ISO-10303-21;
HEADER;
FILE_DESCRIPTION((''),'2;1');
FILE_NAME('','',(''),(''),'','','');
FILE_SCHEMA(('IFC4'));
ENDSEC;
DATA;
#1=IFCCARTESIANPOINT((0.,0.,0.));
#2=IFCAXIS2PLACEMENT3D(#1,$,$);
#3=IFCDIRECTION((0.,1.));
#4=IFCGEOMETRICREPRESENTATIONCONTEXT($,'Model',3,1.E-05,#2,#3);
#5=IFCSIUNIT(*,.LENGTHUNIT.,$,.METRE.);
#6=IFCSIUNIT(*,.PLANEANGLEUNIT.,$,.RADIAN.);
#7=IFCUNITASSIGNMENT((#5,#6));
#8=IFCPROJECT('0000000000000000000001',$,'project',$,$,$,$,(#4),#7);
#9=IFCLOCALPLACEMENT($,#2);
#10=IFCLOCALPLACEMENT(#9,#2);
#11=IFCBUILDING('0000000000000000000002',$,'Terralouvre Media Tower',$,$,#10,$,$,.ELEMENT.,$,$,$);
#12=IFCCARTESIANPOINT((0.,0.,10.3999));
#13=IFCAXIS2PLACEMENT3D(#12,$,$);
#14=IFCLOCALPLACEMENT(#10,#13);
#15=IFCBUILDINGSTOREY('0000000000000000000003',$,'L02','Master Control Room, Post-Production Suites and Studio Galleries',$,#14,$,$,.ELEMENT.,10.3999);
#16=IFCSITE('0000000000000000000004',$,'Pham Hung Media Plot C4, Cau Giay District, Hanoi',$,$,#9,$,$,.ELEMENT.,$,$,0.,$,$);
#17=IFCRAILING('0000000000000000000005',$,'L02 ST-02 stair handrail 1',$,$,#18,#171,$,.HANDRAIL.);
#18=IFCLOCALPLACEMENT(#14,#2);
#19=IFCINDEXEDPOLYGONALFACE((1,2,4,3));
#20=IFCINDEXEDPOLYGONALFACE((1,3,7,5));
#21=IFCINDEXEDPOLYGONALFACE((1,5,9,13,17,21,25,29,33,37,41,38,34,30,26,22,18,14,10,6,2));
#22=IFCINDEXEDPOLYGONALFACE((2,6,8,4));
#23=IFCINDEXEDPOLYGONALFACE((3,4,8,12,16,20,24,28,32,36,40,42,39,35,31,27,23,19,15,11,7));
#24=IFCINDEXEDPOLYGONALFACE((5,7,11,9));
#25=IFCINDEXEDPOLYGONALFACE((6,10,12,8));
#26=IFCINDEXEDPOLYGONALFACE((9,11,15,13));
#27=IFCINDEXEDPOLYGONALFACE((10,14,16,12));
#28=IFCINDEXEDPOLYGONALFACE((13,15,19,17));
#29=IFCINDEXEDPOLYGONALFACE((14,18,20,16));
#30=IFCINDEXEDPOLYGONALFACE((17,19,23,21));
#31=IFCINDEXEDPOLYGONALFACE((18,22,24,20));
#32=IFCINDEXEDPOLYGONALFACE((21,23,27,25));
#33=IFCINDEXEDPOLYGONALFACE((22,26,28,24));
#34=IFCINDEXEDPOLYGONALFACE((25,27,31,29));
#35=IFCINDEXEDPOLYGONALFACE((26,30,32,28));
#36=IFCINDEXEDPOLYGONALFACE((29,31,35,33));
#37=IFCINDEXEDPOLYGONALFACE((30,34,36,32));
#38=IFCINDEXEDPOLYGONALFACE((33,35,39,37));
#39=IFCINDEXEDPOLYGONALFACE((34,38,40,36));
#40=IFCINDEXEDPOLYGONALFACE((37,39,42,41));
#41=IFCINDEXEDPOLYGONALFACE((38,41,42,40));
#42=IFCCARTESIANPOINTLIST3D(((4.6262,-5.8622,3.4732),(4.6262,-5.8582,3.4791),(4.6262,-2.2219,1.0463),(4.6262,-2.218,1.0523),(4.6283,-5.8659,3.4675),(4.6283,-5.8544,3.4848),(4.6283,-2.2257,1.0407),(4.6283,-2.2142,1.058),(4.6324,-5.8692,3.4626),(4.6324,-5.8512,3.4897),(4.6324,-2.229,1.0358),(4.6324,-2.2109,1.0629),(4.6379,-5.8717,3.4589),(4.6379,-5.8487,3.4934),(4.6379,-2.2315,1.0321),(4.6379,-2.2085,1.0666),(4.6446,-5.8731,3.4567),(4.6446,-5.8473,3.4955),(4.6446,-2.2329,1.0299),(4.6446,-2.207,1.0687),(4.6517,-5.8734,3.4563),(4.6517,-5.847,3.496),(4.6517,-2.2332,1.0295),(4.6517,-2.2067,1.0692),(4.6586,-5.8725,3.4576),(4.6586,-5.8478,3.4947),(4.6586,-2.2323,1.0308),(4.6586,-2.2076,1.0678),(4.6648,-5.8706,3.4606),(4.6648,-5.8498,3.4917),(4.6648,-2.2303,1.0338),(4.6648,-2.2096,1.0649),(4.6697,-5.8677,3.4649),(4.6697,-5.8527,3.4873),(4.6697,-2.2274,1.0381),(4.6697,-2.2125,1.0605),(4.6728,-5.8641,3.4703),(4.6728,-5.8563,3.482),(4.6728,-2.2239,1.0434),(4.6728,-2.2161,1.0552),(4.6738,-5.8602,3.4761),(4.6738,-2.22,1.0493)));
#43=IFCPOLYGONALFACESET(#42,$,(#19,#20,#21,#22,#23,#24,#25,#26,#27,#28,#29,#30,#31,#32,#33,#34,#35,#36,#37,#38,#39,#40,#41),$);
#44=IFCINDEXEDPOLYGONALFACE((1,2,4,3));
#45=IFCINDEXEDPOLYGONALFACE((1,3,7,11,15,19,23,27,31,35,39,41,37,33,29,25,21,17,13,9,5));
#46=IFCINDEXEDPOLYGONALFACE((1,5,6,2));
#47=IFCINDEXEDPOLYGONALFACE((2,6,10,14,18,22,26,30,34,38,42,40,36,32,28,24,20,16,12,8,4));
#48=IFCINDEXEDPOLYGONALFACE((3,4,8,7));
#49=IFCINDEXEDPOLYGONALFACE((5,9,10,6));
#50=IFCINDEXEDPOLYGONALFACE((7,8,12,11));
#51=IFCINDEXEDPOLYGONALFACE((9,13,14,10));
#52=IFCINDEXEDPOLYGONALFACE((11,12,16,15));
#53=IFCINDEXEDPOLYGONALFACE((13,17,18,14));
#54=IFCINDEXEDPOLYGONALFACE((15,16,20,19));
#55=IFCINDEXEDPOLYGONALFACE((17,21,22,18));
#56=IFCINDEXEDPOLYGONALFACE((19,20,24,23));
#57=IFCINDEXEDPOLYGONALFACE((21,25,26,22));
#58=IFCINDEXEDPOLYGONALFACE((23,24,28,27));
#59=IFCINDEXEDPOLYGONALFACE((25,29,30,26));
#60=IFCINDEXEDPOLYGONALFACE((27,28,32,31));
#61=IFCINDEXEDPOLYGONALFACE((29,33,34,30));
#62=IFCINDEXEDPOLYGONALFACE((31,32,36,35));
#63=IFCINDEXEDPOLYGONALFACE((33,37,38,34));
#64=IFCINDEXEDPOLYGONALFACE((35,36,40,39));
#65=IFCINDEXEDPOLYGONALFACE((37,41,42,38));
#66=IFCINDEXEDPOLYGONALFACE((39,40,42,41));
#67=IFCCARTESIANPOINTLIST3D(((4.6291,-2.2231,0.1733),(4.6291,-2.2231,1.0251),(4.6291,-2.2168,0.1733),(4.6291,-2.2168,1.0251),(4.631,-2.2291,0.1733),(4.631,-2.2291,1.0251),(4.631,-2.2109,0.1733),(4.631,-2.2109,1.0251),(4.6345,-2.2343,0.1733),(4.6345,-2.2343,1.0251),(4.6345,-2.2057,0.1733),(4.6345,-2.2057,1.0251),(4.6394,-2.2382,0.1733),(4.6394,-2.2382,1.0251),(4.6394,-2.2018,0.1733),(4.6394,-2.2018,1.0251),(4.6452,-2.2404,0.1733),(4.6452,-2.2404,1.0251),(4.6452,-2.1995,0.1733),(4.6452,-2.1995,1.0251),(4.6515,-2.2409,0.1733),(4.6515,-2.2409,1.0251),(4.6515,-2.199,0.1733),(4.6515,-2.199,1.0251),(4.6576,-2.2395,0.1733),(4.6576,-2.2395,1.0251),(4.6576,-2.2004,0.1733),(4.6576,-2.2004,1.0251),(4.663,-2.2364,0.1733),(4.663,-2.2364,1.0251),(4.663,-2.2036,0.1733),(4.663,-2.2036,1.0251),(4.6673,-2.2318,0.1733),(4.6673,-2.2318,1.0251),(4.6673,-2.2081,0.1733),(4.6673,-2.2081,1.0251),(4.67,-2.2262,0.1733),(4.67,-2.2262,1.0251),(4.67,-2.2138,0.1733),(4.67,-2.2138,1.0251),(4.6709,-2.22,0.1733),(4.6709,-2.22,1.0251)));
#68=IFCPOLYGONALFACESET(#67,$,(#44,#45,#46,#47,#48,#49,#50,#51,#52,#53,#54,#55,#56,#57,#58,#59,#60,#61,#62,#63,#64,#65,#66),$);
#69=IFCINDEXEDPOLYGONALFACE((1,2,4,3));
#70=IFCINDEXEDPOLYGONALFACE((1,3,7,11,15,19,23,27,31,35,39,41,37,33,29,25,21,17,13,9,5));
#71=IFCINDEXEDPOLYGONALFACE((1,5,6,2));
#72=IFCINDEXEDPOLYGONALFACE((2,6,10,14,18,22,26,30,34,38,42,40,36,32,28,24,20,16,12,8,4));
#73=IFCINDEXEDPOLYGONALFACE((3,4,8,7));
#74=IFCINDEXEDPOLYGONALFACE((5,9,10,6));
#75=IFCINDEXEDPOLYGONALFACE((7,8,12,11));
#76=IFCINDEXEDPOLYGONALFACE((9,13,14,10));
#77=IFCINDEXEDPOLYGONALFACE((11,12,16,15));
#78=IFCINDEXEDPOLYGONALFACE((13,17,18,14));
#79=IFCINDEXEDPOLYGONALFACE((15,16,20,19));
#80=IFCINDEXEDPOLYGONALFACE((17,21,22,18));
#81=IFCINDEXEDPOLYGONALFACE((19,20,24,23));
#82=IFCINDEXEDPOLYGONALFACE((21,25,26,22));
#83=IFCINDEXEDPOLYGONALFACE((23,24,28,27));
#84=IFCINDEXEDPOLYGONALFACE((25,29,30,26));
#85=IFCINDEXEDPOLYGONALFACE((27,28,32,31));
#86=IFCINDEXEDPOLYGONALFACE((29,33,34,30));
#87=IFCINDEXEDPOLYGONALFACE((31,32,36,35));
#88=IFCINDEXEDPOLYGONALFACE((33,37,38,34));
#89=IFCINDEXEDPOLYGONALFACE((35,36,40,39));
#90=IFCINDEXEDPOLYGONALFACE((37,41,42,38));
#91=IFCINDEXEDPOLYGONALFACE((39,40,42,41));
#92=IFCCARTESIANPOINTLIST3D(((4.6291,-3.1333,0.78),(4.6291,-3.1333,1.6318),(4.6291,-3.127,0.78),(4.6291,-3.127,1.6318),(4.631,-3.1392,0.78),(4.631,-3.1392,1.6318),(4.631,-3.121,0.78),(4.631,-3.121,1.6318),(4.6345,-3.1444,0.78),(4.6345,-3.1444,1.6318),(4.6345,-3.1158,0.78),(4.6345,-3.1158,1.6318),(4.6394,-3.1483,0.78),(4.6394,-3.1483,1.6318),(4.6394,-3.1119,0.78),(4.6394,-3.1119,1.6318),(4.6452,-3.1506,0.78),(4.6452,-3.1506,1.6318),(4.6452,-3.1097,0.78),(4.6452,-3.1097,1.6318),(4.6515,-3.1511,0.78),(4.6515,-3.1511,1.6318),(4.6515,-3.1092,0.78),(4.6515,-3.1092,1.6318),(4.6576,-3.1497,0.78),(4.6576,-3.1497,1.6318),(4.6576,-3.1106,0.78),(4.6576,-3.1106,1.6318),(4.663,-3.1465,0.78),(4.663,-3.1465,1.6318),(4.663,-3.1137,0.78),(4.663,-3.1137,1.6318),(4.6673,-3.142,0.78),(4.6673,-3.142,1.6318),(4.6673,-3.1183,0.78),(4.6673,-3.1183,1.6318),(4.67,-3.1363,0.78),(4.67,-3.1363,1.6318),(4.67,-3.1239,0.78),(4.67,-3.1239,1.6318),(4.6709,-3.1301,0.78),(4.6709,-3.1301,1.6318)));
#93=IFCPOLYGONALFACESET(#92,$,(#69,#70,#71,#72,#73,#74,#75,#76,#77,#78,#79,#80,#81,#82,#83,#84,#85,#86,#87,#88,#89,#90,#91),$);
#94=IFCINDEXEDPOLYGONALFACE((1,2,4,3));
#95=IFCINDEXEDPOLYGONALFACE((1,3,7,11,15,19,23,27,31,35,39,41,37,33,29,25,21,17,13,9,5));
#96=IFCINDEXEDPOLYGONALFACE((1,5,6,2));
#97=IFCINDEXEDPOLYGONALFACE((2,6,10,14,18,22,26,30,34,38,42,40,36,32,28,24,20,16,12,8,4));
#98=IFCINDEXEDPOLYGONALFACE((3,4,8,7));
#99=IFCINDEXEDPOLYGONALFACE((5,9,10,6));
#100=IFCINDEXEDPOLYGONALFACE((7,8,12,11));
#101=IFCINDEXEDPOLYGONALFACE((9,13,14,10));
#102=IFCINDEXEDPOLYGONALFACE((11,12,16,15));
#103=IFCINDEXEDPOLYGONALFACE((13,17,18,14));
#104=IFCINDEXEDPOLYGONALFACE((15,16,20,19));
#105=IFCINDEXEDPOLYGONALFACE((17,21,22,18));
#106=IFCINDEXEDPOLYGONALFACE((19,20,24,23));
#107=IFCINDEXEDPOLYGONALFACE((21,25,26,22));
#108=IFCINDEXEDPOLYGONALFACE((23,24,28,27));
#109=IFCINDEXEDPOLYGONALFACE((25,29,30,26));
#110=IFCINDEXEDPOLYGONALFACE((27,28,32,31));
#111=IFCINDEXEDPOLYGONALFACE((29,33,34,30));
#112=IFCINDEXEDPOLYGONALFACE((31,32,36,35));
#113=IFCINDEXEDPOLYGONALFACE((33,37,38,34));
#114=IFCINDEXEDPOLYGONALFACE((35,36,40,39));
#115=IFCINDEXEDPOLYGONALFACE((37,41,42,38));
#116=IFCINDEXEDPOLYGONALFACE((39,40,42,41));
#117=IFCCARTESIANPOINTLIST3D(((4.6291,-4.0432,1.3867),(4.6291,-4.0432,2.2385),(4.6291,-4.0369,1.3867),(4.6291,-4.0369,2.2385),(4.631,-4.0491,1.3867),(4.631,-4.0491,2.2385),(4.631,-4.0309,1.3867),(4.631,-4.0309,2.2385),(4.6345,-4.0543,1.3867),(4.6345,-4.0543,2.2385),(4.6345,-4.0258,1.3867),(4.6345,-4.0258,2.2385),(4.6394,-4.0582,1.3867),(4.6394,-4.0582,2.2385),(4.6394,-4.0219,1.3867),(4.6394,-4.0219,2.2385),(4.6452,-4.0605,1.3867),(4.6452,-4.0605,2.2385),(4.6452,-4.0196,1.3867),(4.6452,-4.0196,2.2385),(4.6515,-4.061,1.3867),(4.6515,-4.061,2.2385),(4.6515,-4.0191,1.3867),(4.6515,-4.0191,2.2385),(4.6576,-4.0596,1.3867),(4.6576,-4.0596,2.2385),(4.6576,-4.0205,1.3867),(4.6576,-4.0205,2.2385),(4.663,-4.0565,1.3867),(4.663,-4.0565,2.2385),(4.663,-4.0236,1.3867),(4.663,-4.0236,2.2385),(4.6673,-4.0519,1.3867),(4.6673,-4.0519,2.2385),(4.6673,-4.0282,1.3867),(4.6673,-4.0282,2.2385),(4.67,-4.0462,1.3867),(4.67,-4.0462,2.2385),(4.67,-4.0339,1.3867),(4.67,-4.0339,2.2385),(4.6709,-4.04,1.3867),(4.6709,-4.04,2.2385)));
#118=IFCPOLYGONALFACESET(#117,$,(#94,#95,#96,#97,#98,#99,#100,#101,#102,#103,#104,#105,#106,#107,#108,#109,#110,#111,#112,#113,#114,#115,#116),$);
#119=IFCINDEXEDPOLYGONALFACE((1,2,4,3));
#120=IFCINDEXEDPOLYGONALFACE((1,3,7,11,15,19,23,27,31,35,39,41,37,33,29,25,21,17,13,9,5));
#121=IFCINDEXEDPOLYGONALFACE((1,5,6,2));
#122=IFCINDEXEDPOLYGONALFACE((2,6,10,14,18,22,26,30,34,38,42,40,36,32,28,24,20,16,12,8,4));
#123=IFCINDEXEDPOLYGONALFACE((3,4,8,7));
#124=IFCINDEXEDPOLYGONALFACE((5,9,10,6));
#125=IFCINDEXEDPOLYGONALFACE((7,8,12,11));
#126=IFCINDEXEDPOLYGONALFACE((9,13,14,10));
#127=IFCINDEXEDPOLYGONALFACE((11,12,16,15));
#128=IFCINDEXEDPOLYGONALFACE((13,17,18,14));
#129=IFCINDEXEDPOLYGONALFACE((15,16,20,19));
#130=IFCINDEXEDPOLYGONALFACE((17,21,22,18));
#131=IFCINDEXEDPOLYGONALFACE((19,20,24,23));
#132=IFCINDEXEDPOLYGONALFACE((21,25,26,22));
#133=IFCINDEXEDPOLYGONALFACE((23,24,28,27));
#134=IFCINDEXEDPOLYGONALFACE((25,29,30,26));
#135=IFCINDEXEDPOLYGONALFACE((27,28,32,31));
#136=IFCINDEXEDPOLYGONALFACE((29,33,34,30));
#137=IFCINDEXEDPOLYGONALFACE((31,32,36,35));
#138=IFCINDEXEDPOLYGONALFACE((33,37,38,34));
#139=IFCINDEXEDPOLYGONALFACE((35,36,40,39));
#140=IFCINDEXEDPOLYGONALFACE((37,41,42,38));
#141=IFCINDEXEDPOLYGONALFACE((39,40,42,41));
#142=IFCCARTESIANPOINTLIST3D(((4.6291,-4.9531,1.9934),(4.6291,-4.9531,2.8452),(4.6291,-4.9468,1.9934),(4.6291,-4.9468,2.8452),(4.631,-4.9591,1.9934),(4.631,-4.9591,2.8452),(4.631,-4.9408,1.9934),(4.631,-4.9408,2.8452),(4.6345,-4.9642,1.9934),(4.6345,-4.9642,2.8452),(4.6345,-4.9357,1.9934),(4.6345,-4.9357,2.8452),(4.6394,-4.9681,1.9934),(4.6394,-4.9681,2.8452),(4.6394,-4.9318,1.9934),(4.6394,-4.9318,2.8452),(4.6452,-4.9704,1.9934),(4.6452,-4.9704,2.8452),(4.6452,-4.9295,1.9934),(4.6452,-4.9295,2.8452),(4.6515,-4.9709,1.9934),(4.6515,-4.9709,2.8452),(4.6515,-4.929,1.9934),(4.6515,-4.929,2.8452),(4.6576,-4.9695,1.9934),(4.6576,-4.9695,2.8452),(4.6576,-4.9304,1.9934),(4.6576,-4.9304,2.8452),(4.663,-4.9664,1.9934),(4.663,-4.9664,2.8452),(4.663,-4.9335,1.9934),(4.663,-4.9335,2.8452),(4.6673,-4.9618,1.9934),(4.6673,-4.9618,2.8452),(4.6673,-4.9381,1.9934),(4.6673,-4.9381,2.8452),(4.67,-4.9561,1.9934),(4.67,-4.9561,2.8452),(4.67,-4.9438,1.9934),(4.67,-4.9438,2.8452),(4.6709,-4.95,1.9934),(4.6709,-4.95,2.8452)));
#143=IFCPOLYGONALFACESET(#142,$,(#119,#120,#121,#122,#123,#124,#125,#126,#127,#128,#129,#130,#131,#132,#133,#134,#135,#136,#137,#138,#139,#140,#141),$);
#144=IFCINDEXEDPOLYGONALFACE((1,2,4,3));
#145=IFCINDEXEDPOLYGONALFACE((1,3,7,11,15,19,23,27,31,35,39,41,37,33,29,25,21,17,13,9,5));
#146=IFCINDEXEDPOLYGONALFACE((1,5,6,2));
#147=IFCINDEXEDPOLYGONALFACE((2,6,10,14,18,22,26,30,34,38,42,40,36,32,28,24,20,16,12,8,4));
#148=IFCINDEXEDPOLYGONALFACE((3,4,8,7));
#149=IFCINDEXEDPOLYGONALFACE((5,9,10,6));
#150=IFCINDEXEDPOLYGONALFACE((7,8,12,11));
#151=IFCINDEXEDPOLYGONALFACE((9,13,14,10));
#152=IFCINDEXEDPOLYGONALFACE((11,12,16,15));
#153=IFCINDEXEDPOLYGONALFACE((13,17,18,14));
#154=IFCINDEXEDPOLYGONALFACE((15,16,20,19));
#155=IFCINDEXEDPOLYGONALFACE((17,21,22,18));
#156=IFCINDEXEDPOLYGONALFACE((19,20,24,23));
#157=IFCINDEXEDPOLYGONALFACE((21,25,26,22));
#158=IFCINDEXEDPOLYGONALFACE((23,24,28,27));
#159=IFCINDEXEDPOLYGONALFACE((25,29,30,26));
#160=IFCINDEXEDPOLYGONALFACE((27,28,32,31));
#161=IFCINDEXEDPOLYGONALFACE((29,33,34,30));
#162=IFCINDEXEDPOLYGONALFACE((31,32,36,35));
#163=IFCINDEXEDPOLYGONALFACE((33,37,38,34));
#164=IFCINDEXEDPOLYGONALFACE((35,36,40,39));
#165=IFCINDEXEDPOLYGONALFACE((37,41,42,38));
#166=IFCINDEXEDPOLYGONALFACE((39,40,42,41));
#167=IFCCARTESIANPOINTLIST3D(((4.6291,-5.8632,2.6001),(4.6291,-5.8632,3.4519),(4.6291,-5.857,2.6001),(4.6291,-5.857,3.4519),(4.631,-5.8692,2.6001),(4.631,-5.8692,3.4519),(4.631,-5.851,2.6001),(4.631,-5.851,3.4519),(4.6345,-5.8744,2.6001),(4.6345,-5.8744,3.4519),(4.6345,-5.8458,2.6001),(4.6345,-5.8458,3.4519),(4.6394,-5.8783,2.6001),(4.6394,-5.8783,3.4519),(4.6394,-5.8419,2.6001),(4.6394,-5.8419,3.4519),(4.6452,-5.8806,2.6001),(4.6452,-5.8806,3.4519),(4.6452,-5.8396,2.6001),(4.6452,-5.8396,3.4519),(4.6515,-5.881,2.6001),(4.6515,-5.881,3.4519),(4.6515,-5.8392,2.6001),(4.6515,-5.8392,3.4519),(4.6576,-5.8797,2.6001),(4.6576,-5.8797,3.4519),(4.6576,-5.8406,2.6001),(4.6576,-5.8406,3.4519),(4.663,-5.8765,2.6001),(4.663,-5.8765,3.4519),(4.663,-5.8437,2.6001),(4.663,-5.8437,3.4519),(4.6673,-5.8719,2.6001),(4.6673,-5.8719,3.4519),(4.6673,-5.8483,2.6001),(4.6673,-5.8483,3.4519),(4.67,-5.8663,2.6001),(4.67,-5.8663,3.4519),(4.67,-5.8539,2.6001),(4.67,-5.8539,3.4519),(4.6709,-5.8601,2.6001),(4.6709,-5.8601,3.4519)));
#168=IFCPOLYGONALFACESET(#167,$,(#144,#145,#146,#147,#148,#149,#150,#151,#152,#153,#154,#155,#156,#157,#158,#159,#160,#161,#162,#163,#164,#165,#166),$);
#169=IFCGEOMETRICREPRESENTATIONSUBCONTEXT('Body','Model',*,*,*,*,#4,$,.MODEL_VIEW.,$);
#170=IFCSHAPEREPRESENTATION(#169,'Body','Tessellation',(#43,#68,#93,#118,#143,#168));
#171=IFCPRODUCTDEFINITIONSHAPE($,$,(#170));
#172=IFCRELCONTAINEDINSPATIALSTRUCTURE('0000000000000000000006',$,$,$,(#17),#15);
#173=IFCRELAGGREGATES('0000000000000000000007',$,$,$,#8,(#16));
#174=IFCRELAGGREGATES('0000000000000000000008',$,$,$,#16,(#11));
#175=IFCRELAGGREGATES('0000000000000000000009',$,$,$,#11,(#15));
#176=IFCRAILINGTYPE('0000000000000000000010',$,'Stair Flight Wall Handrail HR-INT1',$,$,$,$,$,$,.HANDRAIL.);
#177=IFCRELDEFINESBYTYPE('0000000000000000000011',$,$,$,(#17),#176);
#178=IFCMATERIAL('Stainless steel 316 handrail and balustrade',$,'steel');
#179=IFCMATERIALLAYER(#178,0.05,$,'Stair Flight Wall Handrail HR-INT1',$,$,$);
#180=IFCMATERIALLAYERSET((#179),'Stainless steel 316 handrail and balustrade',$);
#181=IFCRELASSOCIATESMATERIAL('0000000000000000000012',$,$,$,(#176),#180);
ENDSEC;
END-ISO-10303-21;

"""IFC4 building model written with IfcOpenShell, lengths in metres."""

from ifc_helpers import new_model, si_unit, direction, frame, origin, origin_2d, place, context, subcontext, project, spatial, circle, extrude, material, layer, layer_set, type_object, element, save


model = new_model("IFC4")

# Units and contexts
model_context = context("Model", 3, precision=1e-05, world=origin(), true_north=direction((0.0, 1.0)))
body_context = subcontext(model_context, "Body", "Model", "MODEL_VIEW")
ifc_project = project(units=[si_unit("LENGTHUNIT", "METRE"), si_unit("PLANEANGLEUNIT", "RADIAN")], contexts=[model_context])

# Site, building, storey
site_placement = place(None, origin())
site = spatial("IfcSite", under=ifc_project, at=site_placement, Name="Pham Hung Media Plot C4, Cau Giay District, Hanoi", CompositionType="ELEMENT", RefElevation=0.0)
building_placement = place(site_placement, origin())
building = spatial("IfcBuilding", under=site, at=building_placement, Name="Terralouvre Media Tower", CompositionType="ELEMENT")
storey_placement = place(building_placement, frame((0.0, 0.0, 10.3999)))
storey = spatial("IfcBuildingStorey", under=building, at=storey_placement, Name="L02", Description="Master Control Room, Post-Production Suites and Studio Galleries", CompositionType="ELEMENT", Elevation=10.3999)

# Railing
ifc_material_1 = material(Name="Stainless steel 316 handrail and balustrade", Category="steel")
ifc_layer_1 = layer(ifc_material_1, 0.05, Name="Stair Flight Wall Handrail HR-INT1")
ifc_layer_set_1 = layer_set([ifc_layer_1], Name="Stainless steel 316 handrail and balustrade")
railing_type_1 = type_object("IfcRailingType", Name="Stair Flight Wall Handrail HR-INT1", PredefinedType="HANDRAIL", material=ifc_layer_set_1)
railing_1_placement = place(storey_placement, frame((4.6499, -2.22, 0.1733)))
element("IfcRailing", 1, at=railing_1_placement, inside=storey, type_object=railing_type_1, Name="L02 ST-02 stair handrail 1", PredefinedType="HANDRAIL", context=body_context, shape_type="SweptSolid", body=[
    extrude(circle(Radius=0.0239, at=origin_2d()), frame((0.0, 0.0, 0.876), z_axis=(0.0, -0.83205, 0.5547), x_axis=(1.0, 0.0, 0.0)), (0.0, 0.0, 1.0), 4.375),
    extrude(circle(Radius=0.021, at=origin_2d()), origin(), (0.0, 0.0, 1.0), 0.8518),
    extrude(circle(Radius=0.021, at=origin_2d()), frame((0.0, -0.9102, 0.6067)), (0.0, 0.0, 1.0), 0.8518),
    extrude(circle(Radius=0.021, at=origin_2d()), frame((0.0, -1.8201, 1.2134)), (0.0, 0.0, 1.0), 0.8518),
    extrude(circle(Radius=0.021, at=origin_2d()), frame((0.0, -2.73, 1.8201)), (0.0, 0.0, 1.0), 0.8518),
    extrude(circle(Radius=0.021, at=origin_2d()), frame((0.0, -3.6401, 2.4268)), (0.0, 0.0, 1.0), 0.8518),
])

save(model, "model.ifc")
